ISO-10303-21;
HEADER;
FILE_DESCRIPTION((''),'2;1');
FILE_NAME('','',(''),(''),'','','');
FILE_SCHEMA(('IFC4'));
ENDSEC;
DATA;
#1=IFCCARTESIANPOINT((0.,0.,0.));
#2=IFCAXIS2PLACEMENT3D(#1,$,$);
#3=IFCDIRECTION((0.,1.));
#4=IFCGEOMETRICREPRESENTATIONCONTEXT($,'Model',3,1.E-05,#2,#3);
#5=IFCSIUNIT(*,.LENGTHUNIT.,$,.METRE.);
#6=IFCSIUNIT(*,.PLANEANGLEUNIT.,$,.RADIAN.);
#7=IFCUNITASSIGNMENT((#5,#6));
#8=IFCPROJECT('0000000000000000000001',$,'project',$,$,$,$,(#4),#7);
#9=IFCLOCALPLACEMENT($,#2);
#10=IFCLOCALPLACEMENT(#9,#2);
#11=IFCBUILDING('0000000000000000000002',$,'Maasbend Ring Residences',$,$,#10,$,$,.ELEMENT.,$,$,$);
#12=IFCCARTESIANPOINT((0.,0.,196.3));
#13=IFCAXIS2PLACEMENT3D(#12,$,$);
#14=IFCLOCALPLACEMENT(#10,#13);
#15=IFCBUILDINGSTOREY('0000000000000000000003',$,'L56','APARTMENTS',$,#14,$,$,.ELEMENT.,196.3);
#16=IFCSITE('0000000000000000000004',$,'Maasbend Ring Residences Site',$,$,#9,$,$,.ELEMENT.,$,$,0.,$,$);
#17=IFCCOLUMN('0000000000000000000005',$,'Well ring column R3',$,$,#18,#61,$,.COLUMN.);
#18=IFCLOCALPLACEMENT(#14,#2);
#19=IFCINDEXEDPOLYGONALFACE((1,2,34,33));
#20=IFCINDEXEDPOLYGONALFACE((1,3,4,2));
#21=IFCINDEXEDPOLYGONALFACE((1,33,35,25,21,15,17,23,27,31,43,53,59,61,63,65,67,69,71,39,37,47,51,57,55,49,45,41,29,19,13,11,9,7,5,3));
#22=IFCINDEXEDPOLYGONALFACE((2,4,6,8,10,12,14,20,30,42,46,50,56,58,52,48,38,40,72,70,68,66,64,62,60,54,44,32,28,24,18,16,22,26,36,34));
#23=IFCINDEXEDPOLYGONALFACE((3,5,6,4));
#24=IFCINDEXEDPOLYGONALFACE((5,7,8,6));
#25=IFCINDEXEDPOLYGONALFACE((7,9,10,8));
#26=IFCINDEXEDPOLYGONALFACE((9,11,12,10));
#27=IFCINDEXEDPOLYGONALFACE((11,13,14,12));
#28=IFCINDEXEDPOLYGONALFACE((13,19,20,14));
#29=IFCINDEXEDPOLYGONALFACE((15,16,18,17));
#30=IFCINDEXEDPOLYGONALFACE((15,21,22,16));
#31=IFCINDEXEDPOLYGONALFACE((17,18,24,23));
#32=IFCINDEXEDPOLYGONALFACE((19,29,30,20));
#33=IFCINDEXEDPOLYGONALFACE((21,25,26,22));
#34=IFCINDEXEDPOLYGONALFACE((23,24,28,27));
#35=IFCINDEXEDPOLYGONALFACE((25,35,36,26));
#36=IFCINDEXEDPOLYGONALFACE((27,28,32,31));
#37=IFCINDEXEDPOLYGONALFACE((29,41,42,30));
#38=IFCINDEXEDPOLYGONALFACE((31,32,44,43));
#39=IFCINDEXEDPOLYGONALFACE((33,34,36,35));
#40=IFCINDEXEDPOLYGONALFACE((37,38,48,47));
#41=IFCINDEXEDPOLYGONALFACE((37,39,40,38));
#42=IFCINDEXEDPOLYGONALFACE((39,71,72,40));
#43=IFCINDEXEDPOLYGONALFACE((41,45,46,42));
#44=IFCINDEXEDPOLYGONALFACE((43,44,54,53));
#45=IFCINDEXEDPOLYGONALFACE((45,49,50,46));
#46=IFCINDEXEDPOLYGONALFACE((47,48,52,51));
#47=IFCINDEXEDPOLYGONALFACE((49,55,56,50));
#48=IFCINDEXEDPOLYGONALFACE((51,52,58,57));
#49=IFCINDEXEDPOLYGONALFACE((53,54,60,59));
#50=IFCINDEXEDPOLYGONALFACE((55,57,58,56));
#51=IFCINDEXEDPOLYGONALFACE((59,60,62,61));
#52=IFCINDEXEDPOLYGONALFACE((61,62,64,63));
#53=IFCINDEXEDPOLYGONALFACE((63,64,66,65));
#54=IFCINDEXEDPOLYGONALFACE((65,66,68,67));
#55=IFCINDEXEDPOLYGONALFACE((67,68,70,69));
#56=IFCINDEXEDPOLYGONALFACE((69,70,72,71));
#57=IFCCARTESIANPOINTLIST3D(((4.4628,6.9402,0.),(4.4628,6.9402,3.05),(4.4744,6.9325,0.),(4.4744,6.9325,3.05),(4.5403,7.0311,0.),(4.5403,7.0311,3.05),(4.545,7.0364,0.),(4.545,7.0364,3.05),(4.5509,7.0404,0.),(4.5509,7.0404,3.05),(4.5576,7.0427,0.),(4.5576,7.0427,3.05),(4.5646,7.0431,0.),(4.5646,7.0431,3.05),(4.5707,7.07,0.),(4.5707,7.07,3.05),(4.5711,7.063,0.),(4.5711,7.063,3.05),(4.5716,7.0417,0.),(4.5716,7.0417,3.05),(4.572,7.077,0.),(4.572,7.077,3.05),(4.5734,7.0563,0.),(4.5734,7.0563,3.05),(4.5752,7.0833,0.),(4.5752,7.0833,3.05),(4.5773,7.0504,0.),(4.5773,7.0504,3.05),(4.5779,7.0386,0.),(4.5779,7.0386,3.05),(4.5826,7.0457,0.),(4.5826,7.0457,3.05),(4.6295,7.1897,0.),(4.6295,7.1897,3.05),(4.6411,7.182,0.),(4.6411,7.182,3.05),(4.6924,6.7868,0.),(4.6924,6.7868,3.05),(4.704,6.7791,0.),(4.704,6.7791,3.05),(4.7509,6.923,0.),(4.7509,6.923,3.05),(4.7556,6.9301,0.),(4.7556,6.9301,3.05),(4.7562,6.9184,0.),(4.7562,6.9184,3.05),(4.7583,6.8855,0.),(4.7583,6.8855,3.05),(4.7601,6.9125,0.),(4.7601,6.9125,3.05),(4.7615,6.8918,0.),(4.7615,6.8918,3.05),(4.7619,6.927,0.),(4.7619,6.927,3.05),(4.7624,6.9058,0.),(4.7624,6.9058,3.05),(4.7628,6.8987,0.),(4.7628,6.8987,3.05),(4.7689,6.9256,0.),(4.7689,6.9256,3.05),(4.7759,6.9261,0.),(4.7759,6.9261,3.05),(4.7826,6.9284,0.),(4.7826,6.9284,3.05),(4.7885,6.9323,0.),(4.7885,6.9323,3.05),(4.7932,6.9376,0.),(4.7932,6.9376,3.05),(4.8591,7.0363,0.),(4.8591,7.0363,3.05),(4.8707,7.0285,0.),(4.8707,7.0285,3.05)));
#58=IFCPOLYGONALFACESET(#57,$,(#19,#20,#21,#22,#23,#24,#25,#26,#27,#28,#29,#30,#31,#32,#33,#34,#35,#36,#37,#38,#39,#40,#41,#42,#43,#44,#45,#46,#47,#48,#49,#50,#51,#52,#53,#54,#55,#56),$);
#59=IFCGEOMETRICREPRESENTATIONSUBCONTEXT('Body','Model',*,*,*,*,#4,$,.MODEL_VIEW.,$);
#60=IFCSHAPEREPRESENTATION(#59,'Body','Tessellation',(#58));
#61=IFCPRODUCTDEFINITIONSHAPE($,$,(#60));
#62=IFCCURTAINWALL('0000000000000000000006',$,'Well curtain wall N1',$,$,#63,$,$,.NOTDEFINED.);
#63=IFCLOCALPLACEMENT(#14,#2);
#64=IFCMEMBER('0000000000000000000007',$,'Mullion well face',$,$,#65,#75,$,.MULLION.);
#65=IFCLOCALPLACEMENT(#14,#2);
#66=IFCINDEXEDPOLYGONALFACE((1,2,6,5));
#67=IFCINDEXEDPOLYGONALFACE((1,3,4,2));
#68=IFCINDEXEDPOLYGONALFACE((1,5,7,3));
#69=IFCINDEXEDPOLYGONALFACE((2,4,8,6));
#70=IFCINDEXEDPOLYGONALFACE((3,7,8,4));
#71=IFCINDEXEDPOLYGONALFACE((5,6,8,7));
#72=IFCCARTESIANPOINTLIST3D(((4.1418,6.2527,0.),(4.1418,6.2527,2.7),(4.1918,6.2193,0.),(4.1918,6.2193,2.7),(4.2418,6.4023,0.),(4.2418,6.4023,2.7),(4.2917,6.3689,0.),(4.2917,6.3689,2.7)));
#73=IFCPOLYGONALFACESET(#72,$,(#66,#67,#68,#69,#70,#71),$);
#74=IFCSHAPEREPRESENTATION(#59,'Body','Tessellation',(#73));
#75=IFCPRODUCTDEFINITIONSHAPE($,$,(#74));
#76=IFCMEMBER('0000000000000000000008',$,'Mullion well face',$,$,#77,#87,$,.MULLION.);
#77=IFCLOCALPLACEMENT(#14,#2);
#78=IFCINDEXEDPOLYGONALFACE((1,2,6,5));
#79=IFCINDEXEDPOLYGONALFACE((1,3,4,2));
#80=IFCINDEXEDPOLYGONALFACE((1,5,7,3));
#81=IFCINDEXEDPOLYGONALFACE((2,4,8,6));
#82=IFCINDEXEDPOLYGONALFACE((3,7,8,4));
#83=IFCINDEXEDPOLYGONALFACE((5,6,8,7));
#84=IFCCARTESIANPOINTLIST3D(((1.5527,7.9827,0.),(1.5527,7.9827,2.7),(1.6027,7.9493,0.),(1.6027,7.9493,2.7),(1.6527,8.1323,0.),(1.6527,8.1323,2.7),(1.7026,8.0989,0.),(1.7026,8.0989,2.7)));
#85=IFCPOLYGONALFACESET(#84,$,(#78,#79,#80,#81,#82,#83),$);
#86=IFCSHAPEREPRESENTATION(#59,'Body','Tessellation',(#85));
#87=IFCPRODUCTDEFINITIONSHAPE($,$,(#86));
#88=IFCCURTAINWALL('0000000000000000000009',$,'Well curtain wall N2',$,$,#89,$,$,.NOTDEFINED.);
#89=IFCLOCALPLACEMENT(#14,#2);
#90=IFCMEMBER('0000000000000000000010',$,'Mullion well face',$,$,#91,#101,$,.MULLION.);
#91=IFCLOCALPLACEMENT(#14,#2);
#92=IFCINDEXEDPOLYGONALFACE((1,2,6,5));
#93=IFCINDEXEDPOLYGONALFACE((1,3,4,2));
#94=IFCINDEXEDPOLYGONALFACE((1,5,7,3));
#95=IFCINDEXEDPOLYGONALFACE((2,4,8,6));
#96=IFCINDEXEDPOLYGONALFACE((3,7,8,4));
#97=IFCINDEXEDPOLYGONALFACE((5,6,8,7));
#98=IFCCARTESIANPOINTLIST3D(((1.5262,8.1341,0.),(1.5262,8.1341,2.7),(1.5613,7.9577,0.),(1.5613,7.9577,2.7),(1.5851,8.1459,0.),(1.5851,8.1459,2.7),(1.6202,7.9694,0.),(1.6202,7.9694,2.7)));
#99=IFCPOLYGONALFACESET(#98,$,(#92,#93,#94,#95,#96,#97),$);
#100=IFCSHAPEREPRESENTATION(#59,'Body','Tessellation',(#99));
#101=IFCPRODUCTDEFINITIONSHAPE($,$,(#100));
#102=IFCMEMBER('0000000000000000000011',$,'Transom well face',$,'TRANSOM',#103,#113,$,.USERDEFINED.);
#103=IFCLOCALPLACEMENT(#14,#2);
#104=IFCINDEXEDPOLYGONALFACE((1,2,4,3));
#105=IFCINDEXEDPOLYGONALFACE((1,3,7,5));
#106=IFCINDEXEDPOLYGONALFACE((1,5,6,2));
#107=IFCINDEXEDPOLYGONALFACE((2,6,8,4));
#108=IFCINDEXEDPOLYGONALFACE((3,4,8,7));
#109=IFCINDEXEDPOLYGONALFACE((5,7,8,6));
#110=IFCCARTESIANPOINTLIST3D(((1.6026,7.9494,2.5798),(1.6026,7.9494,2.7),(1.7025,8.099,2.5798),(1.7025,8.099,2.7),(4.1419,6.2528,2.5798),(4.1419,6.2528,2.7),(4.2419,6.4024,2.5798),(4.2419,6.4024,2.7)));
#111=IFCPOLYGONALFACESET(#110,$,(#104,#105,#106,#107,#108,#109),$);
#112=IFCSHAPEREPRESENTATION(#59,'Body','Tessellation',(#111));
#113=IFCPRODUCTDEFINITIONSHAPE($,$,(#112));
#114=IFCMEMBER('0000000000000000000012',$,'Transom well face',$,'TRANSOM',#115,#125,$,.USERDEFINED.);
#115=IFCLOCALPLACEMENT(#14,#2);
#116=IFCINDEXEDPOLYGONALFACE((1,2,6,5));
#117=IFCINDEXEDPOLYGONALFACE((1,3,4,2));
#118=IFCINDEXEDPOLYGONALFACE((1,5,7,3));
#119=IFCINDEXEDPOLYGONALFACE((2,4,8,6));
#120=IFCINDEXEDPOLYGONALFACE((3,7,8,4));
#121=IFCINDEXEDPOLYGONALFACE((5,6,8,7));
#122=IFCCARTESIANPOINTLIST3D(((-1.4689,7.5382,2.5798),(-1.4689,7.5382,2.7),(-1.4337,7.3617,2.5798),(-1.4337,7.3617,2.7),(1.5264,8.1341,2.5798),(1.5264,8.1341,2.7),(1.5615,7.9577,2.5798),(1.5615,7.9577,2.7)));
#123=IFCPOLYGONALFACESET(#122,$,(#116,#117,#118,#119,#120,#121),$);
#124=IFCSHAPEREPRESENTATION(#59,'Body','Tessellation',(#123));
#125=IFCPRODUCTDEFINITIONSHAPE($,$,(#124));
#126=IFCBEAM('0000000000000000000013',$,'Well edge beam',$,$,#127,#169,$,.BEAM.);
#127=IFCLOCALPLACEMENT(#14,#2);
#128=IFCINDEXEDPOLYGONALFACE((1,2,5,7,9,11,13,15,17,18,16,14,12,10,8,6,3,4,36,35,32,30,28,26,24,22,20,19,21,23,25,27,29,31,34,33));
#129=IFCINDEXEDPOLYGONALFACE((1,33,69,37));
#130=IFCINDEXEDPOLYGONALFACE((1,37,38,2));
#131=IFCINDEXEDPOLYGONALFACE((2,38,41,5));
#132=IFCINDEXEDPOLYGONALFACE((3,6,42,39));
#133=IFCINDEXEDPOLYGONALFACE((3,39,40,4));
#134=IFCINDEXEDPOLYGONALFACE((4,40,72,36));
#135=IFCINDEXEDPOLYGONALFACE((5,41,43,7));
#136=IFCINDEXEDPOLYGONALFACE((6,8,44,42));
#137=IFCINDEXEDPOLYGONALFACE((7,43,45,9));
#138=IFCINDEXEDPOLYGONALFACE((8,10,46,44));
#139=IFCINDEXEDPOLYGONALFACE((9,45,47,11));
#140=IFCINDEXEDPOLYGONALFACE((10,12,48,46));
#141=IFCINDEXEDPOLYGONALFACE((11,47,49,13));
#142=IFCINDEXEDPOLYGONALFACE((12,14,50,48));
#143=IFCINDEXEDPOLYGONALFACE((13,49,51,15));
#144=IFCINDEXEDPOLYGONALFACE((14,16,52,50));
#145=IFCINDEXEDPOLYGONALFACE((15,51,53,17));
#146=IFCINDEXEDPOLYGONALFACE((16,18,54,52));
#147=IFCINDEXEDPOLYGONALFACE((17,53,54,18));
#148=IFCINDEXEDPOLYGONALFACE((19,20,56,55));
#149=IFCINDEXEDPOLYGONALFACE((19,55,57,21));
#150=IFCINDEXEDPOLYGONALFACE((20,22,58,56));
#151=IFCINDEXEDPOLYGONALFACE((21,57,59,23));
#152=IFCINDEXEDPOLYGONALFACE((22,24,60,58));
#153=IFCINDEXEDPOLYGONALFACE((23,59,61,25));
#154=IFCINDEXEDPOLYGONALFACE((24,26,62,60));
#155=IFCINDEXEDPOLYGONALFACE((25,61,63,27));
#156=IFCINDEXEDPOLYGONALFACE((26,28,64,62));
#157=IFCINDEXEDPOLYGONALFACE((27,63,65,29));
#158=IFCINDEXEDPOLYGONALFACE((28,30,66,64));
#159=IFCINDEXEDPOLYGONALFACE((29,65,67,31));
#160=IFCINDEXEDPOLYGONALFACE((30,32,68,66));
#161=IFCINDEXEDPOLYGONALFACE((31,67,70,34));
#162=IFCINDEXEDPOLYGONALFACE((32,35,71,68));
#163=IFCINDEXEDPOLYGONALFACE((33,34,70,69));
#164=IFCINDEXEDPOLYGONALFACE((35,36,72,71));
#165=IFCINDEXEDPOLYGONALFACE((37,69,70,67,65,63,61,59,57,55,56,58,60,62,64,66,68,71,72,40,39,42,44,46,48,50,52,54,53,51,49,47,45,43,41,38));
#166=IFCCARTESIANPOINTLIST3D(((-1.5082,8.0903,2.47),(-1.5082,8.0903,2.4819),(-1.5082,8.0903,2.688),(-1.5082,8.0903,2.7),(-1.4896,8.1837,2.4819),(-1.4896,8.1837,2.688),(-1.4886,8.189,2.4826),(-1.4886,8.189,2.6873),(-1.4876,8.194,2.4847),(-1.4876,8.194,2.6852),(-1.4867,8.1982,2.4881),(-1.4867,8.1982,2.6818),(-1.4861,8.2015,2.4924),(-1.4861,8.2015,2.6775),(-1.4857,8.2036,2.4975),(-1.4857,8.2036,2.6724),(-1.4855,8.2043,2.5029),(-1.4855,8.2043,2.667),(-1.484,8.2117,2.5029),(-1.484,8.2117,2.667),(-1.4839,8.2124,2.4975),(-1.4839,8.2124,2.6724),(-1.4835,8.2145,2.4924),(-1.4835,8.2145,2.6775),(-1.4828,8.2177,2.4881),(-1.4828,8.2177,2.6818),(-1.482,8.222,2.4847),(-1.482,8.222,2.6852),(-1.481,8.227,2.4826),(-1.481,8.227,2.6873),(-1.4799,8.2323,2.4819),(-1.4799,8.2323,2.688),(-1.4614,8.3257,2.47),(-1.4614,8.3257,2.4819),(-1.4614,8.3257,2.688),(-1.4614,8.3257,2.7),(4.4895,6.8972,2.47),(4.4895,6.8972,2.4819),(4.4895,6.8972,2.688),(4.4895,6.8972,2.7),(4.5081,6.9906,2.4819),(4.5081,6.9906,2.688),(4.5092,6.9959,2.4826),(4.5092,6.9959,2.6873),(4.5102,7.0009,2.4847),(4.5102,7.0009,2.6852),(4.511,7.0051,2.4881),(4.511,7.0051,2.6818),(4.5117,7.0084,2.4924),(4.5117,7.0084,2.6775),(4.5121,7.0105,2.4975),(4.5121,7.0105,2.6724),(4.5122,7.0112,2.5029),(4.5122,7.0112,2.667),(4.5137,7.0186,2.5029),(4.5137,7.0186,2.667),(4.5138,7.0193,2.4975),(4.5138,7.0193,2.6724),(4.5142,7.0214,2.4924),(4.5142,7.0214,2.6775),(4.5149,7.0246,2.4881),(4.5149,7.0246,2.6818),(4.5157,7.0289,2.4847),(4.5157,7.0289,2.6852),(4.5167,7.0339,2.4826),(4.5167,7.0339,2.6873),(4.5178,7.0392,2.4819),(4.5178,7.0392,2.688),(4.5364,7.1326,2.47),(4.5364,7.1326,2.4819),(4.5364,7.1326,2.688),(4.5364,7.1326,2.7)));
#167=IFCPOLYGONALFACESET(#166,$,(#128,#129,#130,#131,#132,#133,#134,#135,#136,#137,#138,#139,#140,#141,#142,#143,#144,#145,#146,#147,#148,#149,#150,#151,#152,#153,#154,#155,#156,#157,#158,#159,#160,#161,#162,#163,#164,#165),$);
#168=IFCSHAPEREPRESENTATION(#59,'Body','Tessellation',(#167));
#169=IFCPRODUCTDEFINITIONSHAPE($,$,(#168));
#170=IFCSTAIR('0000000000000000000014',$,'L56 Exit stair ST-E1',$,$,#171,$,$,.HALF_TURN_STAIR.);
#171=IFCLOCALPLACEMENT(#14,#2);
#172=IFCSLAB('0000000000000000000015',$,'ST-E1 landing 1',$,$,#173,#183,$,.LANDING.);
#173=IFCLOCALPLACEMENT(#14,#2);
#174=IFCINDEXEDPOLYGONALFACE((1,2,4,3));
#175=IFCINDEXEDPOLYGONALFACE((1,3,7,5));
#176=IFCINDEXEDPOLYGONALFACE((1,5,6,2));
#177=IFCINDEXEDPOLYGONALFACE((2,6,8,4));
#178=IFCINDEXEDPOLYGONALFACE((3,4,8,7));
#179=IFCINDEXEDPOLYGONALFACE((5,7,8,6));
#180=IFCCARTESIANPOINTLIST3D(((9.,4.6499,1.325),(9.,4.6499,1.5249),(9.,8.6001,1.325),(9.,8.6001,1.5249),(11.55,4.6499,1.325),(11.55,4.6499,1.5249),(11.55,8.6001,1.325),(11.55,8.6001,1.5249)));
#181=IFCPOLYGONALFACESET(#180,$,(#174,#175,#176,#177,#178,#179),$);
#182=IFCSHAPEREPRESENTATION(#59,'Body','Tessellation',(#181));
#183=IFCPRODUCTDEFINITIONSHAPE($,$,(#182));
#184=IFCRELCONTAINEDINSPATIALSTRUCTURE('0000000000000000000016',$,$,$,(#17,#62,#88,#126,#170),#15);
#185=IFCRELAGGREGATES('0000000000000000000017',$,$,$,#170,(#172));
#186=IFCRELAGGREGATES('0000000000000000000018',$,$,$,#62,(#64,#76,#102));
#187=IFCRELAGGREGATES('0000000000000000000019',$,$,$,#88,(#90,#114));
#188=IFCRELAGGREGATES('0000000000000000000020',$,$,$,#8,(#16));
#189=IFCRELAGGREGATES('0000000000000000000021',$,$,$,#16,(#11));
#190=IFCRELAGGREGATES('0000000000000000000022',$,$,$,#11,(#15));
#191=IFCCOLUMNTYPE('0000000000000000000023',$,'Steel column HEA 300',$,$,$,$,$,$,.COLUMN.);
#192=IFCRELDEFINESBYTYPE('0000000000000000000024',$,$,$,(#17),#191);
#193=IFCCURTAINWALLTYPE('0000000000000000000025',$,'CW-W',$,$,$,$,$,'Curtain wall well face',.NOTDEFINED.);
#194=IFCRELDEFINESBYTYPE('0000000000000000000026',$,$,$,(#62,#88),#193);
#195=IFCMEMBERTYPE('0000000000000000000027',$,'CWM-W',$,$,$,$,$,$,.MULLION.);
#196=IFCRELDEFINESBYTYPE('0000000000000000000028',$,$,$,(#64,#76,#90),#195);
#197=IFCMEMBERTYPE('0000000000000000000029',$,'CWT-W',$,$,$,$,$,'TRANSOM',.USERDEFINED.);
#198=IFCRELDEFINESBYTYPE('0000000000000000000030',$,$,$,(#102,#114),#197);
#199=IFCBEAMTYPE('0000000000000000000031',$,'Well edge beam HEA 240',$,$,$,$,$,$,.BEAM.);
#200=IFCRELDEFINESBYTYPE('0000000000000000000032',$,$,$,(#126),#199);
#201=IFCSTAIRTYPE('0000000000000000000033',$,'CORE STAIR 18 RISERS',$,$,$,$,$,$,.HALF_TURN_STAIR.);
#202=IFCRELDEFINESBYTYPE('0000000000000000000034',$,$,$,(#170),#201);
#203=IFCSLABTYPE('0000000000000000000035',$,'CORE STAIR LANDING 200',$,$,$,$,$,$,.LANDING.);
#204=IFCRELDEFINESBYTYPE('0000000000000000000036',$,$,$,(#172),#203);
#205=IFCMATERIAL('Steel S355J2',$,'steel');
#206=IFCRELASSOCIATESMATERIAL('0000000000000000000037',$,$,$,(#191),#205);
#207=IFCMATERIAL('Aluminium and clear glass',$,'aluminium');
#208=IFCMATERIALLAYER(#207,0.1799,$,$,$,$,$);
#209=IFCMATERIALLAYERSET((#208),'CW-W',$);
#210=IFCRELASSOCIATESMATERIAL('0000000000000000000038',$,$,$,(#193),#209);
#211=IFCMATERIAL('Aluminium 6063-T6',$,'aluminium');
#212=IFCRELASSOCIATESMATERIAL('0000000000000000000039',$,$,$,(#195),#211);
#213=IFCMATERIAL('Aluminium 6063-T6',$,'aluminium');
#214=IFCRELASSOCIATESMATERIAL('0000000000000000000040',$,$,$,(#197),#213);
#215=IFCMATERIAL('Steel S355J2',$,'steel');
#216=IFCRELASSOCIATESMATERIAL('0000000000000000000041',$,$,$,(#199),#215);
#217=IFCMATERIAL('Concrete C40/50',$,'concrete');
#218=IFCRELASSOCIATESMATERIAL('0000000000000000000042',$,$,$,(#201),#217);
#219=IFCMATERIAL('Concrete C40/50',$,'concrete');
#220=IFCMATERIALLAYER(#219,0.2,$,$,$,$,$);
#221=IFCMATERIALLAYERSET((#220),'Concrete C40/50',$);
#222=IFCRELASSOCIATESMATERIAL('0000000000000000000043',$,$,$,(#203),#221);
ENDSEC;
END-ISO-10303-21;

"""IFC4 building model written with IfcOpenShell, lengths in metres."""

from ifc_helpers import new_model, si_unit, direction, frame, origin, origin_2d, place, context, subcontext, project, spatial, polyline, rectangle, i_section, outline, extrude, material, layer, layer_set, material_profile, profile_set, type_object, element, aggregate, save


model = new_model("IFC4")

# Units and contexts
model_context = context("Model", 3, precision=1e-05, world=origin(), true_north=direction((0.0, 1.0)))
body_context = subcontext(model_context, "Body", "Model", "MODEL_VIEW")
ifc_project = project(units=[si_unit("LENGTHUNIT", "METRE"), si_unit("PLANEANGLEUNIT", "RADIAN")], contexts=[model_context])

# Site, building, storey
site_placement = place(None, origin())
site = spatial("IfcSite", under=ifc_project, at=site_placement, Name="Maasbend Ring Residences Site", CompositionType="ELEMENT", RefElevation=0.0)
building_placement = place(site_placement, origin())
building = spatial("IfcBuilding", under=site, at=building_placement, Name="Maasbend Ring Residences", CompositionType="ELEMENT")
storey_placement = place(building_placement, frame((0.0, 0.0, 196.3)))
storey = spatial("IfcBuildingStorey", under=building, at=storey_placement, Name="L56", Description="APARTMENTS", CompositionType="ELEMENT", Elevation=196.3)

# Column
ifc_material_1 = material(Name="Steel S355J2", Category="steel")
ifc_material_profile_1 = material_profile(ifc_material_1, i_section(OverallWidth=0.3, OverallDepth=0.29, WebThickness=0.0085, FlangeThickness=0.0139, FilletRadius=0.0271, at=origin_2d()), Name="HEA 300")
ifc_profile_set_1 = profile_set([ifc_material_profile_1], Name="Steel S355J2")
column_type = type_object("IfcColumnType", Name="Steel column HEA 300", PredefinedType="COLUMN", material=ifc_profile_set_1)
column_placement = place(storey_placement, frame((4.6667, 6.9844, 0.0), z_axis=(0.0, 0.0, 1.0), x_axis=(0.55557, 0.83147, 0.0)))
element("IfcColumn", 1, at=column_placement, inside=storey, type_object=column_type, Name="Well ring column R3", PredefinedType="COLUMN", context=body_context, shape_type="SweptSolid", body=[
    extrude(i_section(OverallWidth=0.3, OverallDepth=0.29, WebThickness=0.0085, FlangeThickness=0.0139, FilletRadius=0.0271, at=origin_2d()), origin(), (0.0, 0.0, 1.0), 3.05),
])

# Curtain wall, members
ifc_material_2 = material(Name="Aluminium and clear glass", Category="aluminium")
ifc_layer_1 = layer(ifc_material_2, 0.1799)
ifc_layer_set_1 = layer_set([ifc_layer_1], Name="CW-W")
curtain_wall_type = type_object("IfcCurtainWallType", Name="CW-W", ElementType="Curtain wall well face", PredefinedType="NOTDEFINED", material=ifc_layer_set_1)
curtain_wall_1_placement = place(storey_placement, origin())
curtain_wall_1 = element("IfcCurtainWall", 2, at=curtain_wall_1_placement, inside=storey, type_object=curtain_wall_type, Name="Well curtain wall N1", PredefinedType="NOTDEFINED")
ifc_material_3 = material(Name="Aluminium 6063-T6", Category="aluminium")
ifc_material_profile_2 = material_profile(ifc_material_3, rectangle(XDim=0.1799, YDim=0.0601, at=origin_2d()), Name="AL 180x60")
ifc_profile_set_2 = profile_set([ifc_material_profile_2], Name="Aluminium 6063-T6")
member_type_1 = type_object("IfcMemberType", Name="CWM-W", PredefinedType="MULLION", material=ifc_profile_set_2)
member_1_placement = place(storey_placement, frame((4.2168, 6.3108, 0.0), z_axis=(0.0, 0.0, 1.0), x_axis=(-0.55557, -0.83147, 0.0)))
member_1 = element("IfcMember", 3, at=member_1_placement, type_object=member_type_1, Name="Mullion well face", PredefinedType="MULLION", context=body_context, shape_type="SweptSolid", body=[
    extrude(rectangle(XDim=0.1799, YDim=0.0601, at=origin_2d()), origin(), (0.0, 0.0, 1.0), 2.7),
])
member_2_placement = place(storey_placement, frame((1.6277, 8.0408, 0.0), z_axis=(0.0, 0.0, 1.0), x_axis=(-0.55557, -0.83147, 0.0)))
member_2 = element("IfcMember", 4, at=member_2_placement, type_object=member_type_1, Name="Mullion well face", PredefinedType="MULLION", context=body_context, shape_type="SweptSolid", body=[
    extrude(rectangle(XDim=0.1799, YDim=0.0601, at=origin_2d()), origin(), (0.0, 0.0, 1.0), 2.7),
])

# Curtain wall, member
curtain_wall_2_placement = place(storey_placement, origin())
curtain_wall_2 = element("IfcCurtainWall", 5, at=curtain_wall_2_placement, inside=storey, type_object=curtain_wall_type, Name="Well curtain wall N2", PredefinedType="NOTDEFINED")
member_3_placement = place(storey_placement, frame((1.5732, 8.0518, 0.0), z_axis=(0.0, 0.0, 1.0), x_axis=(0.19509, -0.980785, 0.0)))
member_3 = element("IfcMember", 6, at=member_3_placement, type_object=member_type_1, Name="Mullion well face", PredefinedType="MULLION", context=body_context, shape_type="SweptSolid", body=[
    extrude(rectangle(XDim=0.1799, YDim=0.0601, at=origin_2d()), origin(), (0.0, 0.0, 1.0), 2.7),
])

# Members
ifc_material_4 = material(Name="Aluminium 6063-T6", Category="aluminium")
ifc_material_profile_3 = material_profile(ifc_material_4, rectangle(XDim=0.1799, YDim=0.1201, at=origin_2d()), Name="AL 180x120")
ifc_profile_set_3 = profile_set([ifc_material_profile_3], Name="Aluminium 6063-T6")
member_type_2 = type_object("IfcMemberType", Name="CWT-W", ElementType="TRANSOM", PredefinedType="USERDEFINED", material=ifc_profile_set_3)
member_4_placement = place(storey_placement, frame((4.1919, 6.3276, 2.6399), z_axis=(-0.831496, 0.55553, 0.0), x_axis=(-0.55553, -0.831496, 0.0)))
member_4 = element("IfcMember", 7, at=member_4_placement, type_object=member_type_2, Name="Transom well face", ObjectType="TRANSOM", PredefinedType="USERDEFINED", context=body_context, shape_type="SweptSolid", body=[
    extrude(rectangle(XDim=0.1799, YDim=0.1201, at=origin_2d()), origin(), (0.0, 0.0, 1.0), 3.054),
])
member_5_placement = place(storey_placement, frame((1.5439, 8.0459, 2.6399), z_axis=(-0.980777, -0.195132, 0.0), x_axis=(0.195132, -0.980777, 0.0)))
member_5 = element("IfcMember", 8, at=member_5_placement, type_object=member_type_2, Name="Transom well face", ObjectType="TRANSOM", PredefinedType="USERDEFINED", context=body_context, shape_type="SweptSolid", body=[
    extrude(rectangle(XDim=0.1799, YDim=0.1201, at=origin_2d()), origin(), (0.0, 0.0, 1.0), 3.054),
])

# Beam
ifc_material_5 = material(Name="Steel S355J2", Category="steel")
ifc_material_profile_4 = material_profile(ifc_material_5, i_section(OverallWidth=0.24, OverallDepth=0.23, WebThickness=0.0076, FlangeThickness=0.012, FilletRadius=0.021, at=origin_2d()), Name="HEA 240")
ifc_profile_set_4 = profile_set([ifc_material_profile_4], Name="Steel S355J2")
beam_type = type_object("IfcBeamType", Name="Well edge beam HEA 240", PredefinedType="BEAM", material=ifc_profile_set_4)
beam_placement = place(storey_placement, frame((4.5129, 7.0149, 2.585), z_axis=(-0.980783, 0.195103, 0.0), x_axis=(-0.195103, -0.980783, 0.0)))
element("IfcBeam", 9, at=beam_placement, inside=storey, type_object=beam_type, Name="Well edge beam", PredefinedType="BEAM", context=body_context, shape_type="SweptSolid", body=[
    extrude(i_section(OverallWidth=0.24, OverallDepth=0.23, WebThickness=0.0076, FlangeThickness=0.012, FilletRadius=0.021, at=origin_2d()), origin(), (0.0, 0.0, 1.0), 6.1152),
])

# Stair, slab
ifc_material_6 = material(Name="Concrete C40/50", Category="concrete")
stair_type = type_object("IfcStairType", Name="CORE STAIR 18 RISERS", PredefinedType="HALF_TURN_STAIR", material=ifc_material_6)
stair_1_placement = place(storey_placement, origin())
stair_1 = element("IfcStair", 10, at=stair_1_placement, inside=storey, type_object=stair_type, Name="L56 Exit stair ST-E1", PredefinedType="HALF_TURN_STAIR")
ifc_material_7 = material(Name="Concrete C40/50", Category="concrete")
ifc_layer_2 = layer(ifc_material_7, 0.2)
ifc_layer_set_2 = layer_set([ifc_layer_2], Name="Concrete C40/50")
slab_type = type_object("IfcSlabType", Name="CORE STAIR LANDING 200", PredefinedType="LANDING", material=ifc_layer_set_2)
slab_1_placement = place(storey_placement, frame((0.0, 0.0, 1.325)))
slab_1 = element("IfcSlab", 11, at=slab_1_placement, type_object=slab_type, Name="ST-E1 landing 1", PredefinedType="LANDING", context=body_context, shape_type="SweptSolid", body=[
    extrude(outline(polyline([(11.55, 8.6001), (9.0, 8.6001), (9.0, 4.6499), (11.55, 4.6499), (11.55, 8.6001)])), origin(), (0.0, 0.0, 1.0), 0.2),
])
aggregate(stair_1, [slab_1])

aggregate(curtain_wall_1, [member_1, member_2, member_4])
aggregate(curtain_wall_2, [member_3, member_5])

save(model, "model.ifc")
